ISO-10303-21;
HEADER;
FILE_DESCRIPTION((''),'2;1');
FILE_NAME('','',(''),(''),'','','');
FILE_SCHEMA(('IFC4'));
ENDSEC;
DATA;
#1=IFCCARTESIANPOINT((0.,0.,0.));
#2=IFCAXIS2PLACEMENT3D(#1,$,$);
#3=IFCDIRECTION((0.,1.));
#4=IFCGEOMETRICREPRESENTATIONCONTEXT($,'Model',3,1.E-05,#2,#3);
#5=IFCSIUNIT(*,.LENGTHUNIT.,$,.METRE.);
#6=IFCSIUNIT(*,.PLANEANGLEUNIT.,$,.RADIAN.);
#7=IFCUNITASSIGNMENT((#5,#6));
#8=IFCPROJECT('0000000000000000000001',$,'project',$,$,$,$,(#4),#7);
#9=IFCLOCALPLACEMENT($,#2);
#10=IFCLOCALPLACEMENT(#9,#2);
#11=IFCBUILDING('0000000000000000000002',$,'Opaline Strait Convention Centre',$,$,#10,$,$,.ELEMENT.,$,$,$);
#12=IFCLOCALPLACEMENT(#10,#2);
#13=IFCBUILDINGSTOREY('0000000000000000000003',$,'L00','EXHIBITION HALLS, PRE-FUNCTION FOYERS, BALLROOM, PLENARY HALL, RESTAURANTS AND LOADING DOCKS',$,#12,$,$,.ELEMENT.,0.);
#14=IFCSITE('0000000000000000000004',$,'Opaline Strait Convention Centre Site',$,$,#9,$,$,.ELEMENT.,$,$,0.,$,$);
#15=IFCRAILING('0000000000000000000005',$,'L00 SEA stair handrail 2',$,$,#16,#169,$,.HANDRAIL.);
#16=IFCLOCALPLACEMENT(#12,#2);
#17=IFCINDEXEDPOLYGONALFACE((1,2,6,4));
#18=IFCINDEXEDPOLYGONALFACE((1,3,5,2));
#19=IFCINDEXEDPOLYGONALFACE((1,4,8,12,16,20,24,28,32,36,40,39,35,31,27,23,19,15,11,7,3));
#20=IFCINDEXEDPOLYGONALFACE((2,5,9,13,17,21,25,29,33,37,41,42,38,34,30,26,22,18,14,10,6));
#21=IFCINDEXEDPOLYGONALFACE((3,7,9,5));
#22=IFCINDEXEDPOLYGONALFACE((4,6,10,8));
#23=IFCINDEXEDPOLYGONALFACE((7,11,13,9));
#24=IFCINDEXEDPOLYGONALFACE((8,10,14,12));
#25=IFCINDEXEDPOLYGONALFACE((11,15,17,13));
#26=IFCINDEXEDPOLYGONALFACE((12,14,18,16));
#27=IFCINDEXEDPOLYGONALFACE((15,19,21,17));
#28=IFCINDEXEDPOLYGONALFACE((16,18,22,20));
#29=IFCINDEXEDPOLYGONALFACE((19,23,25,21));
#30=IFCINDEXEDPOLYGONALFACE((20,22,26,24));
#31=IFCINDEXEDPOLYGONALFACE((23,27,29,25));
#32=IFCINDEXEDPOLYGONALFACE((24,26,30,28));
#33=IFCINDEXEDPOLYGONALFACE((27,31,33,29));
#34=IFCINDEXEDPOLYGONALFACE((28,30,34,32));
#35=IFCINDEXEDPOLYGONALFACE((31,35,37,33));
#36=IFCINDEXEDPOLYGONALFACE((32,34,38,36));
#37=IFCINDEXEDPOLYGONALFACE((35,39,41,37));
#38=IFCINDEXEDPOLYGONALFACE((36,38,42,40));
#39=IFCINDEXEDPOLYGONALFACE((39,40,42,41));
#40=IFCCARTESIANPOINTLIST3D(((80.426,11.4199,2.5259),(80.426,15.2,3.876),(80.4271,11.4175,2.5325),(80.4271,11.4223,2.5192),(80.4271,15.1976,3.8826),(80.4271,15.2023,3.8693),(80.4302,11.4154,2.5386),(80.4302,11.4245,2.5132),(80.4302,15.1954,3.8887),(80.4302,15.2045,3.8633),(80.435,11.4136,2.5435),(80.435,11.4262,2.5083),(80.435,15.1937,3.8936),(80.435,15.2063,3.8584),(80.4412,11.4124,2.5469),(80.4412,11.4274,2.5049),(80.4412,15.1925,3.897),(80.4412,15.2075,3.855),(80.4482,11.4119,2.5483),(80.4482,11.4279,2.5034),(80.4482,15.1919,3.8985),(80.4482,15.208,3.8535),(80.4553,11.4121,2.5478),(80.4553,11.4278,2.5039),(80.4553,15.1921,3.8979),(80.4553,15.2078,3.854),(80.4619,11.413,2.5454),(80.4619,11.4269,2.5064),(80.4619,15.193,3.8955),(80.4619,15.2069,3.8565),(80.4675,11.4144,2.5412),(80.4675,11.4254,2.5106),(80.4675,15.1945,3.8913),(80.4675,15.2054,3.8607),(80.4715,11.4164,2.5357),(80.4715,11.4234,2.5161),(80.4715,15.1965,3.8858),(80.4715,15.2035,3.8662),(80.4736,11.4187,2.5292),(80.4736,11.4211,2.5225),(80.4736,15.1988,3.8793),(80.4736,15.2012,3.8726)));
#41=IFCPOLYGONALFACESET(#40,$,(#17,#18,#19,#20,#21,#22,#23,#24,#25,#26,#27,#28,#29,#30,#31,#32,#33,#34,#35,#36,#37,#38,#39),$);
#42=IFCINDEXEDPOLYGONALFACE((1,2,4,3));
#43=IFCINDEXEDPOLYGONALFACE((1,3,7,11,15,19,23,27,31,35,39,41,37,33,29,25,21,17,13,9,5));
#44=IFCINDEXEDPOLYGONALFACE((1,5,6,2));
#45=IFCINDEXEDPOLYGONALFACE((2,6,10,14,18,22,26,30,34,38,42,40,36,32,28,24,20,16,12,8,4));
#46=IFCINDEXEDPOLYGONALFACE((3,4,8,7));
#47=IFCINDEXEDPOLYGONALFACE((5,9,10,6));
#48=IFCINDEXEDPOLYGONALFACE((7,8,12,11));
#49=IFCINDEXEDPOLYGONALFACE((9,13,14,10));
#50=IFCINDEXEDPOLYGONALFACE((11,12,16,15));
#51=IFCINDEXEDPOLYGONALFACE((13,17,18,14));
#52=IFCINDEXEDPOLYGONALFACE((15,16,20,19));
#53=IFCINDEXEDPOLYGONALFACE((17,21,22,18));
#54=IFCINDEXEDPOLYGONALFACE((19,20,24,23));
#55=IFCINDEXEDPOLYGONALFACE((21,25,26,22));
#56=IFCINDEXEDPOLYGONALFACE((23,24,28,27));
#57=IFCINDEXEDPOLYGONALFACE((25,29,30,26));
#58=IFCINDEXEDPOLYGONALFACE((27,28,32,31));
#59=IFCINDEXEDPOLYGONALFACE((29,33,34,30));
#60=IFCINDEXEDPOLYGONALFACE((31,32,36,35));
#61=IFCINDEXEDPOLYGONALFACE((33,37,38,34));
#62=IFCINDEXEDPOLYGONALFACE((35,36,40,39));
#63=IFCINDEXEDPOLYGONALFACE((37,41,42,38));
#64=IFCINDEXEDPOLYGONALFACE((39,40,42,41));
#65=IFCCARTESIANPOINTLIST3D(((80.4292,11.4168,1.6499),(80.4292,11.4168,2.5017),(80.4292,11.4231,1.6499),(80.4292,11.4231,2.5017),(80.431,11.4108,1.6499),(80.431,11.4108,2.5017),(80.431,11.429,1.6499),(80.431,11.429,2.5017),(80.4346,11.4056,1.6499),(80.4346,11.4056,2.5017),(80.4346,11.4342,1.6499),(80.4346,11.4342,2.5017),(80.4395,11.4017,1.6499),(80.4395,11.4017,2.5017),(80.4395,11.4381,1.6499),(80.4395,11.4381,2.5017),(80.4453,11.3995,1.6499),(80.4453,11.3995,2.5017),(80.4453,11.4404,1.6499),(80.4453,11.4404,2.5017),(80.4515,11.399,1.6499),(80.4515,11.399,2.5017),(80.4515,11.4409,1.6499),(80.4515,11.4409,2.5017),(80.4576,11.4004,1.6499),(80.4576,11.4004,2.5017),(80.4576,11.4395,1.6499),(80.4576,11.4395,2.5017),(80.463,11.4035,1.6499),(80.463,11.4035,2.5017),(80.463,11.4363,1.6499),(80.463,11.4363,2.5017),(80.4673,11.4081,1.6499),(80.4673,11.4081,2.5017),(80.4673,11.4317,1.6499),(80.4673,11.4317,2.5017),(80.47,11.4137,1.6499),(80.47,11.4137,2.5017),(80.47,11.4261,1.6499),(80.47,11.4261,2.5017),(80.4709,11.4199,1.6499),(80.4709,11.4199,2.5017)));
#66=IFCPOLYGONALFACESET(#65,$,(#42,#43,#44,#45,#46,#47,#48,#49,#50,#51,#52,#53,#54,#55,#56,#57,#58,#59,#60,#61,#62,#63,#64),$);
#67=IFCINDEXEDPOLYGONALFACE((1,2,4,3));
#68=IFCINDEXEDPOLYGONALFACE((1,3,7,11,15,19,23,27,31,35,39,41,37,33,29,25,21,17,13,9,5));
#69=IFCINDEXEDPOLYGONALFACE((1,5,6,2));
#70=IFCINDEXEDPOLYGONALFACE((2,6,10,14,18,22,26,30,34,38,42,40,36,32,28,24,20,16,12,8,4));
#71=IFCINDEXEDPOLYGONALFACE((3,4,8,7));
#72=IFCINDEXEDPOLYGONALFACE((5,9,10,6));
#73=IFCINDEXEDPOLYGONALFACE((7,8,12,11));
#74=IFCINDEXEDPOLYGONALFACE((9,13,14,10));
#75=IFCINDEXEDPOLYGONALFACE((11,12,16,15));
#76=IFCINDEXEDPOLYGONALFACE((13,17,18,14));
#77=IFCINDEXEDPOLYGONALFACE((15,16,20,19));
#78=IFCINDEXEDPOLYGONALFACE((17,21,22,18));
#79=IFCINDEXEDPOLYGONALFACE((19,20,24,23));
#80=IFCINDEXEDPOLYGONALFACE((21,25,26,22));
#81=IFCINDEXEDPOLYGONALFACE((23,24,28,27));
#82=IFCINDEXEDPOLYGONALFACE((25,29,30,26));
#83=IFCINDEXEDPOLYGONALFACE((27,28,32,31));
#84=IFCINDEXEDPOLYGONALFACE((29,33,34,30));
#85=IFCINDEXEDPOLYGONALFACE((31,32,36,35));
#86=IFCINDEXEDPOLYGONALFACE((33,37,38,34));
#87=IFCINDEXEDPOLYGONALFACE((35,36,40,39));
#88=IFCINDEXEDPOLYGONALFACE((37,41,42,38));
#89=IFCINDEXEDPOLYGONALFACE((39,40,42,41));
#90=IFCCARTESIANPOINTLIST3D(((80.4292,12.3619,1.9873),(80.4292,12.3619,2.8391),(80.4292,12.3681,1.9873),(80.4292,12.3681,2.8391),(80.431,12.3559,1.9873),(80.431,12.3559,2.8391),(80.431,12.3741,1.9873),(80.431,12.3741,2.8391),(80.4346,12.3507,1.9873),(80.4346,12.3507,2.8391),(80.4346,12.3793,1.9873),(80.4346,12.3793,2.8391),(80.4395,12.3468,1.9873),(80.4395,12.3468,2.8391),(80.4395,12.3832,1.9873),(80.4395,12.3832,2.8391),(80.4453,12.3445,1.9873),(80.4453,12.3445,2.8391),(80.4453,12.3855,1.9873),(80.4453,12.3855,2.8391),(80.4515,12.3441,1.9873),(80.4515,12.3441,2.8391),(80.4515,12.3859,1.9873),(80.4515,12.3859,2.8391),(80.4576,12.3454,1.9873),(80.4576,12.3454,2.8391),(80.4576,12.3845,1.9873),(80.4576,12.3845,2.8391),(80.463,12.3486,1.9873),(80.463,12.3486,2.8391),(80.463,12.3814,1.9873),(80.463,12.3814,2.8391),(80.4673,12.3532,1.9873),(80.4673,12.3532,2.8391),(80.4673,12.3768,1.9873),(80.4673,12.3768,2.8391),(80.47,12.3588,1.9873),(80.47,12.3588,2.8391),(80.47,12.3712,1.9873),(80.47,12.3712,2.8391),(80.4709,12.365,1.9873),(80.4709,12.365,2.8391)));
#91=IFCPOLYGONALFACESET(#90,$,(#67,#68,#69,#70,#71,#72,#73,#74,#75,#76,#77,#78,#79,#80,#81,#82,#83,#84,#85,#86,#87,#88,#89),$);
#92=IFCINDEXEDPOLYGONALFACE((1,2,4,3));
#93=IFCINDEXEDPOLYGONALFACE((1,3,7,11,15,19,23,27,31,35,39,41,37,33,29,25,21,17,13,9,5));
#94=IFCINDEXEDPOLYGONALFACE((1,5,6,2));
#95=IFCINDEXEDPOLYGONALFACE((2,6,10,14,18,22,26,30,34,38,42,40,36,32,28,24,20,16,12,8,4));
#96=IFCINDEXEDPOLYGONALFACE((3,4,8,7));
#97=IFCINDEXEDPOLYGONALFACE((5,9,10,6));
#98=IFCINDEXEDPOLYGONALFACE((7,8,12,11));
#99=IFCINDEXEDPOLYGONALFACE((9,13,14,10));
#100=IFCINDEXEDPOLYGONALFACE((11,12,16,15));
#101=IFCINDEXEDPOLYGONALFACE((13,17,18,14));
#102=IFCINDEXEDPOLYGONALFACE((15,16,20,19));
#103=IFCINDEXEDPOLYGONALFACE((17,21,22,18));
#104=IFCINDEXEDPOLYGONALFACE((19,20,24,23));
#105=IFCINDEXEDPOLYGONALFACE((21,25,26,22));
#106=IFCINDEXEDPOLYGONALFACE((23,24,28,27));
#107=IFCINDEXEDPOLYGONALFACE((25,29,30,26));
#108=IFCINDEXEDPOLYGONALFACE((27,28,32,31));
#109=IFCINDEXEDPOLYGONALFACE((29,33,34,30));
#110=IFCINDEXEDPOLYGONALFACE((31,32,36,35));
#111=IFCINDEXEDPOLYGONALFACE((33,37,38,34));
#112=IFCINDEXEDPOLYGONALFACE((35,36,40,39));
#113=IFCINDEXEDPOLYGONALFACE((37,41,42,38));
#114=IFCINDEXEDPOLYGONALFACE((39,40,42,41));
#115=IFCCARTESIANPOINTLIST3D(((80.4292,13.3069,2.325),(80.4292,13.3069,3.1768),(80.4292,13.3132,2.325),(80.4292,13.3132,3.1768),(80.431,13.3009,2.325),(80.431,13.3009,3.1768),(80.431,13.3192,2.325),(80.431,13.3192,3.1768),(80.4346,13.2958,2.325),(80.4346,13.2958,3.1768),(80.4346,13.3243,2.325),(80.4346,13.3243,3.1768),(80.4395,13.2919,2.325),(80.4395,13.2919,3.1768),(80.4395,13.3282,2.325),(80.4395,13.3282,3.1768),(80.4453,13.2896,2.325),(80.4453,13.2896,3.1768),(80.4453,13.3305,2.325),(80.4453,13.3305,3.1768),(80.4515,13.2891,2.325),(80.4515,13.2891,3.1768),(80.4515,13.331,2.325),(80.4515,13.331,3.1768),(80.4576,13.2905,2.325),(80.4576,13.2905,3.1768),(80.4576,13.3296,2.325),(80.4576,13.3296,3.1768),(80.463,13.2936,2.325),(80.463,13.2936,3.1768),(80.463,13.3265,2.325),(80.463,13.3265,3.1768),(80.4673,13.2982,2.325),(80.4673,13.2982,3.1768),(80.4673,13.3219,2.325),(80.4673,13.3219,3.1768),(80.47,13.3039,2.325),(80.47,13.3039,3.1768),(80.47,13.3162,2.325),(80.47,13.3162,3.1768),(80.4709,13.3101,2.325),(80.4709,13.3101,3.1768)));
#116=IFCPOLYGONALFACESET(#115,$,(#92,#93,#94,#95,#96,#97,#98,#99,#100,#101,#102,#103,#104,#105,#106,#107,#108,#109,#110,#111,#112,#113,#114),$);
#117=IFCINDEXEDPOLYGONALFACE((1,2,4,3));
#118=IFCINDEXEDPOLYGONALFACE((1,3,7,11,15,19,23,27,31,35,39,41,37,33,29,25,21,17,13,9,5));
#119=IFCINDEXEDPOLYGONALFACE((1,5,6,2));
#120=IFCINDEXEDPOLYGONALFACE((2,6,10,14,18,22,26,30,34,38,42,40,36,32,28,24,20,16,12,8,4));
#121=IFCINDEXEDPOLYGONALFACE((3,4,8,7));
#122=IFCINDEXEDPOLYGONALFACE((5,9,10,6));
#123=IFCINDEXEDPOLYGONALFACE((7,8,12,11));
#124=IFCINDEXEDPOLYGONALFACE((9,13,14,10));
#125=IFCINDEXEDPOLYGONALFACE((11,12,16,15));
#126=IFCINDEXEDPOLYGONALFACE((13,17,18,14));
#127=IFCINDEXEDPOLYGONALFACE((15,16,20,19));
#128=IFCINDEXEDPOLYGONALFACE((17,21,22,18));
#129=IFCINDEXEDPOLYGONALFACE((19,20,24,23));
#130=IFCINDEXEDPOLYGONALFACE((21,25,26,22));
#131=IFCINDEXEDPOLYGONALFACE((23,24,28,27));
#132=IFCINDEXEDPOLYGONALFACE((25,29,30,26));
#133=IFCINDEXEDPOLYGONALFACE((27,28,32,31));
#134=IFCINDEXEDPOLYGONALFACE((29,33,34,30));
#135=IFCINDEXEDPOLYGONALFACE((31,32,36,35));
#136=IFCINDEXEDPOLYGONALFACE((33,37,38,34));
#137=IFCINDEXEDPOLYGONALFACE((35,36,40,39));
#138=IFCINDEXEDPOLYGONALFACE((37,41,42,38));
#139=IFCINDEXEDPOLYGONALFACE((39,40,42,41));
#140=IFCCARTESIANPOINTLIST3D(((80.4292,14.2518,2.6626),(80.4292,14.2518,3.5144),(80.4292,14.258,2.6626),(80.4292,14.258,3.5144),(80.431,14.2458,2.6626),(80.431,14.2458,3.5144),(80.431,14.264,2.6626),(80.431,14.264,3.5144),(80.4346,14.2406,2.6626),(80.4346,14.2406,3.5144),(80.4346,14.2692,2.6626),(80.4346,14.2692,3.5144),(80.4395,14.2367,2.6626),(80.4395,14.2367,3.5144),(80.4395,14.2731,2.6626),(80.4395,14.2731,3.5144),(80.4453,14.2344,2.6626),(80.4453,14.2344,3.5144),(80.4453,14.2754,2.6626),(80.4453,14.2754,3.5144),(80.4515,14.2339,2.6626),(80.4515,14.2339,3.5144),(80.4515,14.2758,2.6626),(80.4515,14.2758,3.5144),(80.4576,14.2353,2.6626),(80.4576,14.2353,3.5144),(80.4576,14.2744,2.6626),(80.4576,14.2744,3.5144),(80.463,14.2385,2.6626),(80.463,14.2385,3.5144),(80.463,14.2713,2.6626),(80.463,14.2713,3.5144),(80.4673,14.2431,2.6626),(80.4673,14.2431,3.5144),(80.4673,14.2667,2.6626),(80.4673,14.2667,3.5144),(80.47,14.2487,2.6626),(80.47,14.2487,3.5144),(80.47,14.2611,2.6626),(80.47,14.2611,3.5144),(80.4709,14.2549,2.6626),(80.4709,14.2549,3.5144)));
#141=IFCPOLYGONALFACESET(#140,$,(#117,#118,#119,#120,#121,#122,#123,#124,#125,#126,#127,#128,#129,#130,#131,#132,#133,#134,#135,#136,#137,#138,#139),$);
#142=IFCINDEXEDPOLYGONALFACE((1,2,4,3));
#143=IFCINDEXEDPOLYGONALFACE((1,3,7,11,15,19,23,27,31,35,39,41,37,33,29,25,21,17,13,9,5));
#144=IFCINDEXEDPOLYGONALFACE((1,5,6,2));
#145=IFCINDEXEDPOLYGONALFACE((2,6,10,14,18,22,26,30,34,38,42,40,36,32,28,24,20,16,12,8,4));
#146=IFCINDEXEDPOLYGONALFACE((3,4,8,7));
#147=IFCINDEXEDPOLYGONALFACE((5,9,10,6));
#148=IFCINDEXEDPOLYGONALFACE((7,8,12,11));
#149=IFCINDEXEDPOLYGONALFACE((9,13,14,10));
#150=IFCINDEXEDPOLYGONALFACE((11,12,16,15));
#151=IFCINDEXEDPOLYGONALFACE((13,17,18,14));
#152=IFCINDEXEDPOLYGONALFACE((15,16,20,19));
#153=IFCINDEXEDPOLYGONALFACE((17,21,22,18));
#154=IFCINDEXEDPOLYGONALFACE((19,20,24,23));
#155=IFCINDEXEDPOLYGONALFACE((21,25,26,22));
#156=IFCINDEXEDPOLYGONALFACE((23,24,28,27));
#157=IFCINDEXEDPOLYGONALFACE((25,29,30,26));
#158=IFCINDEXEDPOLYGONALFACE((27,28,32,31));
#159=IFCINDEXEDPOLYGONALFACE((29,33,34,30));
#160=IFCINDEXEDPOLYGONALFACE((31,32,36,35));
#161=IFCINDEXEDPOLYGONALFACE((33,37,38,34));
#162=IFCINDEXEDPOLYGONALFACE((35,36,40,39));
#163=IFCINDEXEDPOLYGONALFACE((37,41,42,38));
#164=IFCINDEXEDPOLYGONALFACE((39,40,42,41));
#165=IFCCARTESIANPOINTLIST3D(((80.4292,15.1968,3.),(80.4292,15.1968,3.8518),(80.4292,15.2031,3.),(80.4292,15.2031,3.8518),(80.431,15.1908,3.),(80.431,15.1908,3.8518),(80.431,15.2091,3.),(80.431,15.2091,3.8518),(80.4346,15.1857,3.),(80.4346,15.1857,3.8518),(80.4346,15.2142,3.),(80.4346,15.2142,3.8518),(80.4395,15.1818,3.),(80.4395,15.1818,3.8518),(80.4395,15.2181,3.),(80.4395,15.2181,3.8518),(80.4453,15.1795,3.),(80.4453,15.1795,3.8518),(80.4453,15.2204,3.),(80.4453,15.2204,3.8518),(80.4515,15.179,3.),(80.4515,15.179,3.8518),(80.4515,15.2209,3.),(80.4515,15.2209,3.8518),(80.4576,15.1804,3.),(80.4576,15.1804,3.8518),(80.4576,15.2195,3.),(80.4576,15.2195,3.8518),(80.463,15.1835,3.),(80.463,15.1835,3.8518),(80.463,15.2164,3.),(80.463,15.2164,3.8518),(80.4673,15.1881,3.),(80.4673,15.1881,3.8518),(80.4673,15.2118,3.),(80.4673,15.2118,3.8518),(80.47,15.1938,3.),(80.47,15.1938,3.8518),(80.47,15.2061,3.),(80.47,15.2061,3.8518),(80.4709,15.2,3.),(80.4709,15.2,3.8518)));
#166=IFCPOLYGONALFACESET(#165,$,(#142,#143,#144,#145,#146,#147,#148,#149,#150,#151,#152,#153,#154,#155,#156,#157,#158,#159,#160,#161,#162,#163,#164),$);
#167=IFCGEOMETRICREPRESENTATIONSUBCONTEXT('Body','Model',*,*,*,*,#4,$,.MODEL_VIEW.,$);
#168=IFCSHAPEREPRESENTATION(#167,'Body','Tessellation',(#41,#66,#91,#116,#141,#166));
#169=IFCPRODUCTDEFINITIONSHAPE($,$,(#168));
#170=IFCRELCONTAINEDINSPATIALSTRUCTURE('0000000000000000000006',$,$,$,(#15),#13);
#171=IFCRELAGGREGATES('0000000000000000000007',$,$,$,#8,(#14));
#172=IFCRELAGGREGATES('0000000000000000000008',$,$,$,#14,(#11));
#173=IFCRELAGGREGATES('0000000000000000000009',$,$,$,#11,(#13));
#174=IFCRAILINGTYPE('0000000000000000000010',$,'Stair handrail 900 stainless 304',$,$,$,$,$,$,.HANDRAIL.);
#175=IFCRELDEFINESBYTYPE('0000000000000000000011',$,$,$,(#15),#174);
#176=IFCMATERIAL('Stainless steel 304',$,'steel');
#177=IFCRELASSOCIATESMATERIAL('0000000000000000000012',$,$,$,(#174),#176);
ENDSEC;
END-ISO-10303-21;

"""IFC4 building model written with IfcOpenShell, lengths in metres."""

from ifc_helpers import new_model, si_unit, direction, frame, origin, origin_2d, place, context, subcontext, project, spatial, circle, extrude, material, type_object, element, save


model = new_model("IFC4")

# Units and contexts
model_context = context("Model", 3, precision=1e-05, world=origin(), true_north=direction((0.0, 1.0)))
body_context = subcontext(model_context, "Body", "Model", "MODEL_VIEW")
ifc_project = project(units=[si_unit("LENGTHUNIT", "METRE"), si_unit("PLANEANGLEUNIT", "RADIAN")], contexts=[model_context])

# Site, building, storey
site_placement = place(None, origin())
site = spatial("IfcSite", under=ifc_project, at=site_placement, Name="Opaline Strait Convention Centre Site", CompositionType="ELEMENT", RefElevation=0.0)
building_placement = place(site_placement, origin())
building = spatial("IfcBuilding", under=site, at=building_placement, Name="Opaline Strait Convention Centre", CompositionType="ELEMENT")
storey_placement = place(building_placement, origin())
storey = spatial("IfcBuildingStorey", under=building, at=storey_placement, Name="L00", Description="EXHIBITION HALLS, PRE-FUNCTION FOYERS, BALLROOM, PLENARY HALL, RESTAURANTS AND LOADING DOCKS", CompositionType="ELEMENT", Elevation=0.0)

# Railing
ifc_material_1 = material(Name="Stainless steel 304", Category="steel")
railing_type_1 = type_object("IfcRailingType", Name="Stair handrail 900 stainless 304", PredefinedType="HANDRAIL", material=ifc_material_1)
for number, where, name in (
    (1, (80.45, 11.4199, 1.6499), "L00 SEA stair handrail 2"),
):
    element("IfcRailing", number, at=place(storey_placement, frame(where)), inside=storey, type_object=railing_type_1, Name=name, PredefinedType="HANDRAIL", context=body_context, shape_type="SweptSolid", body=[
        extrude(circle(Radius=0.0239, at=origin_2d()), frame((0.0, 0.0, 0.876), z_axis=(0.0, 0.941735, 0.336356), x_axis=(-1.0, 0.0, 0.0)), (0.0, 0.0, 1.0), 4.0139),
        extrude(circle(Radius=0.021, at=origin_2d()), origin(), (0.0, 0.0, 1.0), 0.8518),
        extrude(circle(Radius=0.021, at=origin_2d()), frame((0.0, 0.9451, 0.3374)), (0.0, 0.0, 1.0), 0.8518),
        extrude(circle(Radius=0.021, at=origin_2d()), frame((0.0, 1.8901, 0.675)), (0.0, 0.0, 1.0), 0.8518),
        extrude(circle(Radius=0.021, at=origin_2d()), frame((0.0, 2.835, 1.0127)), (0.0, 0.0, 1.0), 0.8518),
        extrude(circle(Radius=0.021, at=origin_2d()), frame((0.0, 3.78, 1.3501)), (0.0, 0.0, 1.0), 0.8518),
    ])

save(model, "model.ifc")
